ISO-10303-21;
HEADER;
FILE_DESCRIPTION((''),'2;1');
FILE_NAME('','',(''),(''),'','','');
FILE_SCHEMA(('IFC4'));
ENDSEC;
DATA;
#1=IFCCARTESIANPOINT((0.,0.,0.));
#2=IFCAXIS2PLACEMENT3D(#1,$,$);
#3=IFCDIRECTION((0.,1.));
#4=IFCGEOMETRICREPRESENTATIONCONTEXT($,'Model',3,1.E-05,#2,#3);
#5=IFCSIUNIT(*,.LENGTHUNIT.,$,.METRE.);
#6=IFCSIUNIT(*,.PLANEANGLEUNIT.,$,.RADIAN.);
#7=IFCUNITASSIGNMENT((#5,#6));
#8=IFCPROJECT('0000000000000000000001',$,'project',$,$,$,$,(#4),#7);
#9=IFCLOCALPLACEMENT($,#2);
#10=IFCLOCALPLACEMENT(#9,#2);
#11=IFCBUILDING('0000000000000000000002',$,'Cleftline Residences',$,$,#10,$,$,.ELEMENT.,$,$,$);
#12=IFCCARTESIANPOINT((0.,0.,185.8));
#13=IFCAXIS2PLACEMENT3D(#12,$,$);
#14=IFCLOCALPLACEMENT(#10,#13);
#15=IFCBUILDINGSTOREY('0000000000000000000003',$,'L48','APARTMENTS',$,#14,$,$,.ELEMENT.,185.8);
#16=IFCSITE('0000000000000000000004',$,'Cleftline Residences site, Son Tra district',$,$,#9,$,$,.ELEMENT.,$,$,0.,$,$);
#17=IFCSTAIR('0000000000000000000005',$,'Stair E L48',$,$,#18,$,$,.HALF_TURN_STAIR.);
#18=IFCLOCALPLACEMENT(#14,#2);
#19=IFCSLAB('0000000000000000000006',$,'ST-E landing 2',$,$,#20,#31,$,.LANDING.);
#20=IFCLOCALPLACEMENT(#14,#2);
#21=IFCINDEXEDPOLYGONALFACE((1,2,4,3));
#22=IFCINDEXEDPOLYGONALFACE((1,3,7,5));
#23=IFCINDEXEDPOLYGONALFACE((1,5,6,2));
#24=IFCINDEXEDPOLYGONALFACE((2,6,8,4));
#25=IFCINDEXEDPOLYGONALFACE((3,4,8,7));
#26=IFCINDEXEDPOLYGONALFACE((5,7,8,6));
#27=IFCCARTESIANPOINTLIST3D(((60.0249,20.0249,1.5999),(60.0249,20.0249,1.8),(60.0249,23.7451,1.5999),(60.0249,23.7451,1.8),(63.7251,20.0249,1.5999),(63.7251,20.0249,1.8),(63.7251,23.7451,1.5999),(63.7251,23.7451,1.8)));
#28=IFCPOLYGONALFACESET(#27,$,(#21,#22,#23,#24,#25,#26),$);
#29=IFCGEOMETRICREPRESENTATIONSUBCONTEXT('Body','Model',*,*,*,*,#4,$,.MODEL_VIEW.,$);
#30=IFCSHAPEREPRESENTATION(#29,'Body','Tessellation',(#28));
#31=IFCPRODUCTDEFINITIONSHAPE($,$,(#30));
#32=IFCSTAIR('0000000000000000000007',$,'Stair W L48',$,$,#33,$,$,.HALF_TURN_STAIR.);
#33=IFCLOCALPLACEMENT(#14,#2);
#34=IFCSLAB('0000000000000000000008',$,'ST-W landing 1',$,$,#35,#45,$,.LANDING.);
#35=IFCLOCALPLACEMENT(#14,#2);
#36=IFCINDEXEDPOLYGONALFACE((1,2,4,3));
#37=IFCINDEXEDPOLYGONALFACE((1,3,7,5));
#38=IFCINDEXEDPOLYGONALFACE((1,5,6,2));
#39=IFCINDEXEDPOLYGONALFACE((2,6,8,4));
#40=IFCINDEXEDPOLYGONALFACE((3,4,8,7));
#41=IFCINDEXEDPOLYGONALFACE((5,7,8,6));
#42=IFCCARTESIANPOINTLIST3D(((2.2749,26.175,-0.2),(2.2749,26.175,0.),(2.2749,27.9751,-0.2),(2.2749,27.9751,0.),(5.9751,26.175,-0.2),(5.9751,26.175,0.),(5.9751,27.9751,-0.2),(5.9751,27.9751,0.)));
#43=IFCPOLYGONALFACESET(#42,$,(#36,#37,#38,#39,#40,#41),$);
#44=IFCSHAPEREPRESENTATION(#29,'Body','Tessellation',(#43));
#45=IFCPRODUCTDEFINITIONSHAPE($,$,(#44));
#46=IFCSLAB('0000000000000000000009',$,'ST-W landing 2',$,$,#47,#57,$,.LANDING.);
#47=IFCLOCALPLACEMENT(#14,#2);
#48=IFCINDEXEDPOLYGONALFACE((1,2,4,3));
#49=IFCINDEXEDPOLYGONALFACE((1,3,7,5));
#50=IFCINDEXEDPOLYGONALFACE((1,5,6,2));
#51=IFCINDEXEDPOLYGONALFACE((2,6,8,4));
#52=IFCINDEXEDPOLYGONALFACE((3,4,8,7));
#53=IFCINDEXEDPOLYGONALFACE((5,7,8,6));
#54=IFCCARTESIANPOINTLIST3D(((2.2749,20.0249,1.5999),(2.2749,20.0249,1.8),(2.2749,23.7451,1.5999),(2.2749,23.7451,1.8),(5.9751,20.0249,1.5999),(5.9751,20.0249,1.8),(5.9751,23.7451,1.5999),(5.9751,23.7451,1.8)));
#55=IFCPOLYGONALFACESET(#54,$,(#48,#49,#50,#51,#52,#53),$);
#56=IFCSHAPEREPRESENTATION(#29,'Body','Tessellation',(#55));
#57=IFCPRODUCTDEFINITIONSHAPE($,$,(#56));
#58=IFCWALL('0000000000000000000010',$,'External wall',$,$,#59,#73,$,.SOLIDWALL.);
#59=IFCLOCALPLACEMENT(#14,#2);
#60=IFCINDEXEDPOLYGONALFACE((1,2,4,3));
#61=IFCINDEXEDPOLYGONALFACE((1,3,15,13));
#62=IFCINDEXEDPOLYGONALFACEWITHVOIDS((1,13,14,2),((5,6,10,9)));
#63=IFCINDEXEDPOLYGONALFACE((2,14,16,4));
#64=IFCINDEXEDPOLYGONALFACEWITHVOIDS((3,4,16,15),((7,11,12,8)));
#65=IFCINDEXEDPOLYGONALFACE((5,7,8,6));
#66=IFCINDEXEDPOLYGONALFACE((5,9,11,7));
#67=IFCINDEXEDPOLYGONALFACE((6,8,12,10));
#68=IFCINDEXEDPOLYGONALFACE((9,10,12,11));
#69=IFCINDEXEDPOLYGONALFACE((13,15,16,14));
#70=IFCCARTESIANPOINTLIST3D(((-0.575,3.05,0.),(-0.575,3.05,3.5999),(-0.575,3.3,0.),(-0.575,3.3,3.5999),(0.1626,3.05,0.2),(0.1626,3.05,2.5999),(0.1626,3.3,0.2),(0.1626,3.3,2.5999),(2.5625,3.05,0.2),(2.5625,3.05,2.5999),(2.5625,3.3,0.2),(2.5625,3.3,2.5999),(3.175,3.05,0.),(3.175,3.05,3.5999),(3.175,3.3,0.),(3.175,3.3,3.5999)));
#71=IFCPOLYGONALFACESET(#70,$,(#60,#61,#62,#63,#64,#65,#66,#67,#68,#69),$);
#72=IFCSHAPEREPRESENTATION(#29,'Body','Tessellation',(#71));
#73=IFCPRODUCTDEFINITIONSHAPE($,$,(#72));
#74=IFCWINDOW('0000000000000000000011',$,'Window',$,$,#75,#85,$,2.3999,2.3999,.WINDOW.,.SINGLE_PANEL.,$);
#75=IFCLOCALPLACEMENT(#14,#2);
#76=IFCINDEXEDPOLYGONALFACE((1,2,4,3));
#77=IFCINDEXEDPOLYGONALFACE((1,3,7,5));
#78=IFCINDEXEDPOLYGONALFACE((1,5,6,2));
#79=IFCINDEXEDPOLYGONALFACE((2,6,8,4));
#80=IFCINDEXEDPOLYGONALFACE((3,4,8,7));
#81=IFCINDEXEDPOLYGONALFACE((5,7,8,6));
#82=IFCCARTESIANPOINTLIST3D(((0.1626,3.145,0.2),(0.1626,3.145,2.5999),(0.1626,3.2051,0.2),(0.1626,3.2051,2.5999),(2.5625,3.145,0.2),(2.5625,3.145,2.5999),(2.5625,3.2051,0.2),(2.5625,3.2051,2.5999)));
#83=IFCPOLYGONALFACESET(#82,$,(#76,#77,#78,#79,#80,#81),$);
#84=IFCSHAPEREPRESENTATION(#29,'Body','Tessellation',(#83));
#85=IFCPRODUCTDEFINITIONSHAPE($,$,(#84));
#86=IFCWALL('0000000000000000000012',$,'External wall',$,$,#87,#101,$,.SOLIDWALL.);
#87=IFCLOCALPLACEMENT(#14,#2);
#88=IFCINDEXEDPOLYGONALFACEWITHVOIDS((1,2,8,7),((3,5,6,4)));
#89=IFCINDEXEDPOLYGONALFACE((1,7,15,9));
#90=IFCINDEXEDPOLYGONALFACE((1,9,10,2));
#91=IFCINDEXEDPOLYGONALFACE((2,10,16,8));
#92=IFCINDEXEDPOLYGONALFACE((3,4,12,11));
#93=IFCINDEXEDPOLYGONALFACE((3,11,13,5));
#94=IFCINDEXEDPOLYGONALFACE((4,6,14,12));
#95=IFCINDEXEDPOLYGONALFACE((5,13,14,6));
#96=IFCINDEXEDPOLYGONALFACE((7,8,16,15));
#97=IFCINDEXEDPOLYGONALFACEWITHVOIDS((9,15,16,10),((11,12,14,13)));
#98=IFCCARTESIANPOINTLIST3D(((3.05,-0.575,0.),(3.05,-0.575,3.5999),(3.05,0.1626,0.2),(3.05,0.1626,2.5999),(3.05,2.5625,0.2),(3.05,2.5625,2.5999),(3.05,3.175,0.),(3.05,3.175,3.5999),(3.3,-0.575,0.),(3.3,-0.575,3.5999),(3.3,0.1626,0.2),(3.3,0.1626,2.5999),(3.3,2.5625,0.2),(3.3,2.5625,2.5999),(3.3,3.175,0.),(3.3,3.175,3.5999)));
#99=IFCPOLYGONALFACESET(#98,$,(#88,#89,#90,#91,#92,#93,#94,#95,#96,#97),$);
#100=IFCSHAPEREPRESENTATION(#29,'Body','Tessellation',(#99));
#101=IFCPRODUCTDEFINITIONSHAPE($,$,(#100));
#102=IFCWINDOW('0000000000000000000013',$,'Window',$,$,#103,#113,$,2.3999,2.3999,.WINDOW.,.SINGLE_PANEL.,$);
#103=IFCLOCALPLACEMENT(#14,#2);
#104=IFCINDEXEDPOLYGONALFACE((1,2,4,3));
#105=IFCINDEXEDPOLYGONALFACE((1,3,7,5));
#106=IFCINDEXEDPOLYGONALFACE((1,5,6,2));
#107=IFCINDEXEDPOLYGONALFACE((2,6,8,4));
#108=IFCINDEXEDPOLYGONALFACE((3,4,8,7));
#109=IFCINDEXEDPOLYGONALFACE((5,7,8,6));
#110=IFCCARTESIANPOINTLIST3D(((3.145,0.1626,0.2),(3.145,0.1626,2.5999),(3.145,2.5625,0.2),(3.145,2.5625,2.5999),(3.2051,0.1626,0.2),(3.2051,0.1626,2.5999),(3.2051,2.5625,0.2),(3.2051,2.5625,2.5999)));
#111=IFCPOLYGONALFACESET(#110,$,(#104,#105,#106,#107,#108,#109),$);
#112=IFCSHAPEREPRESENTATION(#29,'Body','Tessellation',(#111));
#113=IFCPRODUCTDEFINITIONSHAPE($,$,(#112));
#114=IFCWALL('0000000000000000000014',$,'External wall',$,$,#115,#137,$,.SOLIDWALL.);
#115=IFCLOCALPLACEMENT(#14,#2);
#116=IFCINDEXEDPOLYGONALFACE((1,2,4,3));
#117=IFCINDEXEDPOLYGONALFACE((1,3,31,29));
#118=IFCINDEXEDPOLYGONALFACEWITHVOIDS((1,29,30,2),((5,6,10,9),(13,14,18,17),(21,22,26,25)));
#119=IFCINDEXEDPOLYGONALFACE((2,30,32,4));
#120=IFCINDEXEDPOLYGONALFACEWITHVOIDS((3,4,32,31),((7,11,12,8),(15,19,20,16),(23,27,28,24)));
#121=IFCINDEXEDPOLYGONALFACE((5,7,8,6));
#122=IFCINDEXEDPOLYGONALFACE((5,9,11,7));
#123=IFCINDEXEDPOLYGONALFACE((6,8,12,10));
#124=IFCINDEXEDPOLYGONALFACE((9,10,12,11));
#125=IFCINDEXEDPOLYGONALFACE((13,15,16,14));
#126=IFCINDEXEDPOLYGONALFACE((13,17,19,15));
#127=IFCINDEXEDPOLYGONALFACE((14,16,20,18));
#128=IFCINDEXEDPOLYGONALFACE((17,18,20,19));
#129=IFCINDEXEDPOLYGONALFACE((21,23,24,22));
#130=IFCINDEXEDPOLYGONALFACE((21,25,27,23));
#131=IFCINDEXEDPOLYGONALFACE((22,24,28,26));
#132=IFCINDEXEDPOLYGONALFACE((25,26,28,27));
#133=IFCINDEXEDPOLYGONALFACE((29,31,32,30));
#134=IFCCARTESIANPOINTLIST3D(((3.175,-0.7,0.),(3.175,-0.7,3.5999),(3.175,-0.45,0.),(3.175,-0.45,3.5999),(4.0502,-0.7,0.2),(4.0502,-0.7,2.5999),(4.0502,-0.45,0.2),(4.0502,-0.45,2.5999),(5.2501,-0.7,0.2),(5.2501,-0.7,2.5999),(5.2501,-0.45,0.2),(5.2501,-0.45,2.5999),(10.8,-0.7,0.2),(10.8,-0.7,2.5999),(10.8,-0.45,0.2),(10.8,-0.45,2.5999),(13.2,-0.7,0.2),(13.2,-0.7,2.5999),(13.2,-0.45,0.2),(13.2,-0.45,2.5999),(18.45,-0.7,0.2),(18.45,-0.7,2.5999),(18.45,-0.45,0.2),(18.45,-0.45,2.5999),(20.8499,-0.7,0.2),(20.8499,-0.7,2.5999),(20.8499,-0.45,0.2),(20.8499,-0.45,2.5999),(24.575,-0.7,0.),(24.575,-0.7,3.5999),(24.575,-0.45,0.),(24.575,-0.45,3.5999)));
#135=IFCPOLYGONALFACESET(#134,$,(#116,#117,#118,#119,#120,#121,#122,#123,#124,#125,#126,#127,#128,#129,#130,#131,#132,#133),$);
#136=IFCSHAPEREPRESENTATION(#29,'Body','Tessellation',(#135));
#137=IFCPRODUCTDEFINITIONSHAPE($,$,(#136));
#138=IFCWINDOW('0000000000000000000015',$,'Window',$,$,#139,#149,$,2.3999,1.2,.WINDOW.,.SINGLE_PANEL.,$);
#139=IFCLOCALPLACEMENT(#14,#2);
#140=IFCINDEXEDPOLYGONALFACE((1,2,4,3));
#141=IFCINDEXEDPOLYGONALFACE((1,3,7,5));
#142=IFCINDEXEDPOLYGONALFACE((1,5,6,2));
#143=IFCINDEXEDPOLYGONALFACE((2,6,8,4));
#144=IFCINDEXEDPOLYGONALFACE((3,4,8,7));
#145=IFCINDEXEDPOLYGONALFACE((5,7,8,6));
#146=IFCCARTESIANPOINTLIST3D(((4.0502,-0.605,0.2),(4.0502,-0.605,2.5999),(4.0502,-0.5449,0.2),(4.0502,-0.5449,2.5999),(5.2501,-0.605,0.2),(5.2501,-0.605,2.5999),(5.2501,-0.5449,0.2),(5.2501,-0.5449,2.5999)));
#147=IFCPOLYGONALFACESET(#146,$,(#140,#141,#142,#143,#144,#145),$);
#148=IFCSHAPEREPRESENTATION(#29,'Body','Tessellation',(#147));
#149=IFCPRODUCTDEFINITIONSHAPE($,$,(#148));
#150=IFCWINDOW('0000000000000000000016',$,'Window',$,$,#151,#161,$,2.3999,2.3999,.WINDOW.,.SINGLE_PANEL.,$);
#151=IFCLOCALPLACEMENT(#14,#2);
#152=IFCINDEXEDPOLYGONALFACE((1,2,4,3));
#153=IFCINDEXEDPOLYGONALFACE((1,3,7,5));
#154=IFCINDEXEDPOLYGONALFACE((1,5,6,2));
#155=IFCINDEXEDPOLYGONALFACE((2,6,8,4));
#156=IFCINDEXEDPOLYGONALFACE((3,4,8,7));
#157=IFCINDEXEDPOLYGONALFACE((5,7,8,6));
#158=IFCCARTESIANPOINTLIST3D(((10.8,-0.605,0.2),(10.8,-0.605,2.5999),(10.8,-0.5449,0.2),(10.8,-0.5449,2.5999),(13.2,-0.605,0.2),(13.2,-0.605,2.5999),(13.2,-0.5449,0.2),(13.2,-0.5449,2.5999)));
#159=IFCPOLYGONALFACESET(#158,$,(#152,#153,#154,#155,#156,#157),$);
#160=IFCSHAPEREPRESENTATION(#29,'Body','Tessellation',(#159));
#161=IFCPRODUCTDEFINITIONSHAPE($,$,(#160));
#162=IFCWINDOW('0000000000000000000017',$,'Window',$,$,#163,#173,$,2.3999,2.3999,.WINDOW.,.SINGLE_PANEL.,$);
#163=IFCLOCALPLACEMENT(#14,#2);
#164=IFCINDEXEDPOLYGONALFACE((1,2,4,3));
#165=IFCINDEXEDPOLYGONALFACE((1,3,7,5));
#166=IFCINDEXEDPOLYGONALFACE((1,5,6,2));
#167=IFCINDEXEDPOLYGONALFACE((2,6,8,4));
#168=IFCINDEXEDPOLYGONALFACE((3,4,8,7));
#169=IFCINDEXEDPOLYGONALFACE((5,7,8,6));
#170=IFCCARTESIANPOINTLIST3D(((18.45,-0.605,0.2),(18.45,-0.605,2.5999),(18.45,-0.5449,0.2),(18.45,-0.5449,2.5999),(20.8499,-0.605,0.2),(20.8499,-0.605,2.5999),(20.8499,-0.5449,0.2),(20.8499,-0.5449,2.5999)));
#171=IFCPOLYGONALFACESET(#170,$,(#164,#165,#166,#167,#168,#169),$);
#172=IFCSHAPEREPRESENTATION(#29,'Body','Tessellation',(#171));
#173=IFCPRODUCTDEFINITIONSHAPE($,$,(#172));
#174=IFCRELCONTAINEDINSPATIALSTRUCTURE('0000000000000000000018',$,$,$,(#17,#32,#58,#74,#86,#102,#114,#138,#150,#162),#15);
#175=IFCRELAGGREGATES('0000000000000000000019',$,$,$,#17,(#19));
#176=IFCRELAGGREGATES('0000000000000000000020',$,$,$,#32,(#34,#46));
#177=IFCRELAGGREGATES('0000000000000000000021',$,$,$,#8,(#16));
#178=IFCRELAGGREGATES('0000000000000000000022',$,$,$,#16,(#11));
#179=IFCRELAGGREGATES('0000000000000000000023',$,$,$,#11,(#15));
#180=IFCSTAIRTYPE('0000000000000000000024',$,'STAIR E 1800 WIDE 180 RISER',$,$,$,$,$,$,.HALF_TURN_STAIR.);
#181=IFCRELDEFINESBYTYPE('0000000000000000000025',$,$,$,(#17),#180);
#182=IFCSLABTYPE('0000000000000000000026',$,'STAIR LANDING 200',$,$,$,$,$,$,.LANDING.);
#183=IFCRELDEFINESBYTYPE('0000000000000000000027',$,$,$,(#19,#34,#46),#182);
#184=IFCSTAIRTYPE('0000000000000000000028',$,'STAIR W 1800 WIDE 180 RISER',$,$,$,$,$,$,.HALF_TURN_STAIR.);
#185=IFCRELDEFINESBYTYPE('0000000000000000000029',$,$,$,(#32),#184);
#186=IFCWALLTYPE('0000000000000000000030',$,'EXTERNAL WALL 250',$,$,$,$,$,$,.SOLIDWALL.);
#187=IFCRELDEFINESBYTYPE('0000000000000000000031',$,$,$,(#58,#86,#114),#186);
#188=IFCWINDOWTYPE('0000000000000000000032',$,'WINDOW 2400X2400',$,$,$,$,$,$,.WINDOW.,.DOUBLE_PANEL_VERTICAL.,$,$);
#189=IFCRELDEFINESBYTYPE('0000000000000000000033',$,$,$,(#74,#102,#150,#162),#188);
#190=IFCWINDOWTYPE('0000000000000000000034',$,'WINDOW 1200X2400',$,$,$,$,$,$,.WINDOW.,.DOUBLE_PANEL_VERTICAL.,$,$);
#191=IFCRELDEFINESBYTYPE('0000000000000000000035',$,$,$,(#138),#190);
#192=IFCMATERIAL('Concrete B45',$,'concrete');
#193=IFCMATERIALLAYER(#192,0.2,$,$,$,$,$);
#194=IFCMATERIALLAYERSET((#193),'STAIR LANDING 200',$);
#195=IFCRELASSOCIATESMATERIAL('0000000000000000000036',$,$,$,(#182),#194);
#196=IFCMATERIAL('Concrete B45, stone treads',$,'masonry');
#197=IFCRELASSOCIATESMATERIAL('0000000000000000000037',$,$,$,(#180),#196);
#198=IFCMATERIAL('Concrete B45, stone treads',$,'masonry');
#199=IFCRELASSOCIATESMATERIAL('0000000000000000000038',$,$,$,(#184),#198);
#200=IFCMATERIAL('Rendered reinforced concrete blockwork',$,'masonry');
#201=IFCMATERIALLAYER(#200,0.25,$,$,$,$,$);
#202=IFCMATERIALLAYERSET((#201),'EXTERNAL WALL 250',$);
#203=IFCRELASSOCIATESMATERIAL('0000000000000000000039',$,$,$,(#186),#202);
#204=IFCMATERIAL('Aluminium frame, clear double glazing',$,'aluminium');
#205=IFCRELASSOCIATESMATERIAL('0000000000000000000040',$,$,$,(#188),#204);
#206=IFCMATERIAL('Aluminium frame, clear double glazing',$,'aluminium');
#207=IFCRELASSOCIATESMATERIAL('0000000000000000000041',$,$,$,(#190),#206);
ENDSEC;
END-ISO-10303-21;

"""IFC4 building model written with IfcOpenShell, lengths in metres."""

from ifc_helpers import new_model, si_unit, direction, frame, frame_2d, origin, place, context, subcontext, project, spatial, polyline, rectangle, outline, extrude, material, layer, layer_set, type_object, element, fill, aggregate, save


model = new_model("IFC4")

# Units and contexts
model_context = context("Model", 3, precision=1e-05, world=origin(), true_north=direction((0.0, 1.0)))
body_context = subcontext(model_context, "Body", "Model", "MODEL_VIEW")
ifc_project = project(units=[si_unit("LENGTHUNIT", "METRE"), si_unit("PLANEANGLEUNIT", "RADIAN")], contexts=[model_context])

# Site, building, storey
site_placement = place(None, origin())
site = spatial("IfcSite", under=ifc_project, at=site_placement, Name="Cleftline Residences site, Son Tra district", CompositionType="ELEMENT", RefElevation=0.0)
building_placement = place(site_placement, origin())
building = spatial("IfcBuilding", under=site, at=building_placement, Name="Cleftline Residences", CompositionType="ELEMENT")
storey_placement = place(building_placement, frame((0.0, 0.0, 185.8)))
storey = spatial("IfcBuildingStorey", under=building, at=storey_placement, Name="L48", Description="APARTMENTS", CompositionType="ELEMENT", Elevation=185.8)

# Stairs, slabs
ifc_material_1 = material(Name="Concrete B45", Category="concrete")
ifc_layer_1 = layer(ifc_material_1, 0.2)
ifc_layer_set_1 = layer_set([ifc_layer_1], Name="STAIR LANDING 200")
slab_type_1 = type_object("IfcSlabType", Name="STAIR LANDING 200", PredefinedType="LANDING", material=ifc_layer_set_1)
ifc_material_2 = material(Name="Concrete B45, stone treads", Category="masonry")
stair_type_1 = type_object("IfcStairType", Name="STAIR E 1800 WIDE 180 RISER", PredefinedType="HALF_TURN_STAIR", material=ifc_material_2)
stair_1_placement = place(storey_placement, origin())
stair_1 = element("IfcStair", 1, at=stair_1_placement, inside=storey, type_object=stair_type_1, Name="Stair E L48", PredefinedType="HALF_TURN_STAIR")
slab_1_placement = place(storey_placement, frame((0.0, 0.0, 1.5999)))
slab_1 = element("IfcSlab", 2, at=slab_1_placement, type_object=slab_type_1, Name="ST-E landing 2", PredefinedType="LANDING", context=body_context, shape_type="SweptSolid", body=[
    extrude(outline(polyline([(60.0249, 20.0249), (63.7251, 20.0249), (63.7251, 23.7451), (60.0249, 23.7451), (60.0249, 20.0249)])), origin(), (0.0, 0.0, 1.0), 0.2002),
])
aggregate(stair_1, [slab_1])
ifc_material_3 = material(Name="Concrete B45, stone treads", Category="masonry")
stair_type_2 = type_object("IfcStairType", Name="STAIR W 1800 WIDE 180 RISER", PredefinedType="HALF_TURN_STAIR", material=ifc_material_3)
stair_2_placement = place(storey_placement, origin())
stair_2 = element("IfcStair", 3, at=stair_2_placement, inside=storey, type_object=stair_type_2, Name="Stair W L48", PredefinedType="HALF_TURN_STAIR")
slab_2_placement = place(storey_placement, frame((0.0, 0.0, -0.2)))
slab_2 = element("IfcSlab", 4, at=slab_2_placement, type_object=slab_type_1, Name="ST-W landing 1", PredefinedType="LANDING", context=body_context, shape_type="SweptSolid", body=[
    extrude(outline(polyline([(2.2749, 26.175), (5.9751, 26.175), (5.9751, 27.9751), (2.2749, 27.9751), (2.2749, 26.175)])), origin(), (0.0, 0.0, 1.0), 0.2),
])
slab_3_placement = place(storey_placement, frame((0.0, 0.0, 1.5999)))
slab_3 = element("IfcSlab", 5, at=slab_3_placement, type_object=slab_type_1, Name="ST-W landing 2", PredefinedType="LANDING", context=body_context, shape_type="SweptSolid", body=[
    extrude(outline(polyline([(2.2749, 20.0249), (5.9751, 20.0249), (5.9751, 23.7451), (2.2749, 23.7451), (2.2749, 20.0249)])), origin(), (0.0, 0.0, 1.0), 0.2002),
])
aggregate(stair_2, [slab_2, slab_3])

# Walls, openings, windows
ifc_material_4 = material(Name="Rendered reinforced concrete blockwork", Category="masonry")
ifc_layer_2 = layer(ifc_material_4, 0.25)
ifc_layer_set_2 = layer_set([ifc_layer_2], Name="EXTERNAL WALL 250")
wall_type_1 = type_object("IfcWallType", Name="EXTERNAL WALL 250", PredefinedType="SOLIDWALL", material=ifc_layer_set_2)
wall_1_placement = place(storey_placement, frame((-0.575, 3.175, 0.0), z_axis=(0.0, 0.0, 1.0), x_axis=(1.0, 0.0, 0.0)))
wall_1 = element("IfcWall", 6, at=wall_1_placement, inside=storey, type_object=wall_type_1, Name="External wall", PredefinedType="SOLIDWALL", context=body_context, shape_type="SweptSolid", body=[
    extrude(rectangle(XDim=3.75, YDim=0.25, at=frame_2d((1.875, 0.0))), origin(), (0.0, 0.0, 1.0), 3.5999),
])
opening_1_placement = place(wall_1_placement, frame((0.7375, 0.0, 0.2)))
opening_1 = element("IfcOpeningElement", 7, at=opening_1_placement, cuts=wall_1, PredefinedType="OPENING", context=body_context, shape_type="SweptSolid", body=[
    extrude(rectangle(XDim=2.3999, YDim=2.3999, at=frame_2d((1.2, 1.2))), frame((0.0, 0.135, 0.0), z_axis=(0.0, -1.0, 0.0), x_axis=(1.0, 0.0, 0.0)), (0.0, 0.0, 1.0), 0.27),
])
ifc_material_5 = material(Name="Aluminium frame, clear double glazing", Category="aluminium")
window_type_1 = type_object("IfcWindowType", Name="WINDOW 2400X2400", PartitioningType="DOUBLE_PANEL_VERTICAL", PredefinedType="WINDOW", material=ifc_material_5)
window_1_placement = place(opening_1_placement, origin())
window_1 = element("IfcWindow", 8, at=window_1_placement, inside=storey, type_object=window_type_1, Name="Window", OverallHeight=2.3999, OverallWidth=2.3999, PartitioningType="SINGLE_PANEL", PredefinedType="WINDOW", context=body_context, shape_type="SweptSolid", body=[
    extrude(rectangle(XDim=2.3999, YDim=2.3999, at=frame_2d((1.2, 1.2))), frame((0.0, 0.03, 0.0), z_axis=(0.0, -1.0, 0.0), x_axis=(1.0, 0.0, 0.0)), (0.0, 0.0, 1.0), 0.0601),
])
fill(opening_1, window_1)
wall_2_placement = place(storey_placement, frame((3.175, 3.175, 0.0), z_axis=(0.0, 0.0, 1.0), x_axis=(0.0, -1.0, 0.0)))
wall_2 = element("IfcWall", 9, at=wall_2_placement, inside=storey, type_object=wall_type_1, Name="External wall", PredefinedType="SOLIDWALL", context=body_context, shape_type="SweptSolid", body=[
    extrude(rectangle(XDim=3.75, YDim=0.25, at=frame_2d((1.875, 0.0))), origin(), (0.0, 0.0, 1.0), 3.5999),
])
opening_2_placement = place(wall_2_placement, frame((0.6125, 0.0, 0.2)))
opening_2 = element("IfcOpeningElement", 10, at=opening_2_placement, cuts=wall_2, PredefinedType="OPENING", context=body_context, shape_type="SweptSolid", body=[
    extrude(rectangle(XDim=2.3999, YDim=2.3999, at=frame_2d((1.2, 1.2))), frame((0.0, 0.135, 0.0), z_axis=(0.0, -1.0, 0.0), x_axis=(1.0, 0.0, 0.0)), (0.0, 0.0, 1.0), 0.27),
])
window_2_placement = place(opening_2_placement, origin())
window_2 = element("IfcWindow", 11, at=window_2_placement, inside=storey, type_object=window_type_1, Name="Window", OverallHeight=2.3999, OverallWidth=2.3999, PartitioningType="SINGLE_PANEL", PredefinedType="WINDOW", context=body_context, shape_type="SweptSolid", body=[
    extrude(rectangle(XDim=2.3999, YDim=2.3999, at=frame_2d((1.2, 1.2))), frame((0.0, 0.03, 0.0), z_axis=(0.0, -1.0, 0.0), x_axis=(1.0, 0.0, 0.0)), (0.0, 0.0, 1.0), 0.0601),
])
fill(opening_2, window_2)

# Wall, openings, windows
wall_3_placement = place(storey_placement, frame((3.175, -0.575, 0.0), z_axis=(0.0, 0.0, 1.0), x_axis=(1.0, 0.0, 0.0)))
wall_3 = element("IfcWall", 12, at=wall_3_placement, inside=storey, type_object=wall_type_1, Name="External wall", PredefinedType="SOLIDWALL", context=body_context, shape_type="SweptSolid", body=[
    extrude(rectangle(XDim=21.3999, YDim=0.25, at=frame_2d((10.7, 0.0))), origin(), (0.0, 0.0, 1.0), 3.5999),
])
opening_3_placement = place(wall_3_placement, frame((0.875, 0.0, 0.2)))
opening_3 = element("IfcOpeningElement", 13, at=opening_3_placement, cuts=wall_3, PredefinedType="OPENING", context=body_context, shape_type="SweptSolid", body=[
    extrude(rectangle(XDim=1.2, YDim=2.3999, at=frame_2d((0.6001, 1.2))), frame((0.0, 0.135, 0.0), z_axis=(0.0, -1.0, 0.0), x_axis=(1.0, 0.0, 0.0)), (0.0, 0.0, 1.0), 0.27),
])
opening_4_placement = place(wall_3_placement, frame((7.625, 0.0, 0.2)))
opening_4 = element("IfcOpeningElement", 14, at=opening_4_placement, cuts=wall_3, PredefinedType="OPENING", context=body_context, shape_type="SweptSolid", body=[
    extrude(rectangle(XDim=2.3999, YDim=2.3999, at=frame_2d((1.2, 1.2))), frame((0.0, 0.135, 0.0), z_axis=(0.0, -1.0, 0.0), x_axis=(1.0, 0.0, 0.0)), (0.0, 0.0, 1.0), 0.27),
])
opening_5_placement = place(wall_3_placement, frame((15.2749, 0.0, 0.2)))
opening_5 = element("IfcOpeningElement", 15, at=opening_5_placement, cuts=wall_3, PredefinedType="OPENING", context=body_context, shape_type="SweptSolid", body=[
    extrude(rectangle(XDim=2.3999, YDim=2.3999, at=frame_2d((1.2, 1.2))), frame((0.0, 0.135, 0.0), z_axis=(0.0, -1.0, 0.0), x_axis=(1.0, 0.0, 0.0)), (0.0, 0.0, 1.0), 0.27),
])
ifc_material_6 = material(Name="Aluminium frame, clear double glazing", Category="aluminium")
window_type_2 = type_object("IfcWindowType", Name="WINDOW 1200X2400", PartitioningType="DOUBLE_PANEL_VERTICAL", PredefinedType="WINDOW", material=ifc_material_6)
window_3_placement = place(opening_3_placement, origin())
window_3 = element("IfcWindow", 16, at=window_3_placement, inside=storey, type_object=window_type_2, Name="Window", OverallHeight=2.3999, OverallWidth=1.2, PartitioningType="SINGLE_PANEL", PredefinedType="WINDOW", context=body_context, shape_type="SweptSolid", body=[
    extrude(rectangle(XDim=1.2, YDim=2.3999, at=frame_2d((0.6001, 1.2))), frame((0.0, 0.03, 0.0), z_axis=(0.0, -1.0, 0.0), x_axis=(1.0, 0.0, 0.0)), (0.0, 0.0, 1.0), 0.0601),
])
fill(opening_3, window_3)
window_4_placement = place(opening_4_placement, origin())
window_4 = element("IfcWindow", 17, at=window_4_placement, inside=storey, type_object=window_type_1, Name="Window", OverallHeight=2.3999, OverallWidth=2.3999, PartitioningType="SINGLE_PANEL", PredefinedType="WINDOW", context=body_context, shape_type="SweptSolid", body=[
    extrude(rectangle(XDim=2.3999, YDim=2.3999, at=frame_2d((1.2, 1.2))), frame((0.0, 0.03, 0.0), z_axis=(0.0, -1.0, 0.0), x_axis=(1.0, 0.0, 0.0)), (0.0, 0.0, 1.0), 0.0601),
])
fill(opening_4, window_4)
window_5_placement = place(opening_5_placement, origin())
window_5 = element("IfcWindow", 18, at=window_5_placement, inside=storey, type_object=window_type_1, Name="Window", OverallHeight=2.3999, OverallWidth=2.3999, PartitioningType="SINGLE_PANEL", PredefinedType="WINDOW", context=body_context, shape_type="SweptSolid", body=[
    extrude(rectangle(XDim=2.3999, YDim=2.3999, at=frame_2d((1.2, 1.2))), frame((0.0, 0.03, 0.0), z_axis=(0.0, -1.0, 0.0), x_axis=(1.0, 0.0, 0.0)), (0.0, 0.0, 1.0), 0.0601),
])
fill(opening_5, window_5)

save(model, "model.ifc")
